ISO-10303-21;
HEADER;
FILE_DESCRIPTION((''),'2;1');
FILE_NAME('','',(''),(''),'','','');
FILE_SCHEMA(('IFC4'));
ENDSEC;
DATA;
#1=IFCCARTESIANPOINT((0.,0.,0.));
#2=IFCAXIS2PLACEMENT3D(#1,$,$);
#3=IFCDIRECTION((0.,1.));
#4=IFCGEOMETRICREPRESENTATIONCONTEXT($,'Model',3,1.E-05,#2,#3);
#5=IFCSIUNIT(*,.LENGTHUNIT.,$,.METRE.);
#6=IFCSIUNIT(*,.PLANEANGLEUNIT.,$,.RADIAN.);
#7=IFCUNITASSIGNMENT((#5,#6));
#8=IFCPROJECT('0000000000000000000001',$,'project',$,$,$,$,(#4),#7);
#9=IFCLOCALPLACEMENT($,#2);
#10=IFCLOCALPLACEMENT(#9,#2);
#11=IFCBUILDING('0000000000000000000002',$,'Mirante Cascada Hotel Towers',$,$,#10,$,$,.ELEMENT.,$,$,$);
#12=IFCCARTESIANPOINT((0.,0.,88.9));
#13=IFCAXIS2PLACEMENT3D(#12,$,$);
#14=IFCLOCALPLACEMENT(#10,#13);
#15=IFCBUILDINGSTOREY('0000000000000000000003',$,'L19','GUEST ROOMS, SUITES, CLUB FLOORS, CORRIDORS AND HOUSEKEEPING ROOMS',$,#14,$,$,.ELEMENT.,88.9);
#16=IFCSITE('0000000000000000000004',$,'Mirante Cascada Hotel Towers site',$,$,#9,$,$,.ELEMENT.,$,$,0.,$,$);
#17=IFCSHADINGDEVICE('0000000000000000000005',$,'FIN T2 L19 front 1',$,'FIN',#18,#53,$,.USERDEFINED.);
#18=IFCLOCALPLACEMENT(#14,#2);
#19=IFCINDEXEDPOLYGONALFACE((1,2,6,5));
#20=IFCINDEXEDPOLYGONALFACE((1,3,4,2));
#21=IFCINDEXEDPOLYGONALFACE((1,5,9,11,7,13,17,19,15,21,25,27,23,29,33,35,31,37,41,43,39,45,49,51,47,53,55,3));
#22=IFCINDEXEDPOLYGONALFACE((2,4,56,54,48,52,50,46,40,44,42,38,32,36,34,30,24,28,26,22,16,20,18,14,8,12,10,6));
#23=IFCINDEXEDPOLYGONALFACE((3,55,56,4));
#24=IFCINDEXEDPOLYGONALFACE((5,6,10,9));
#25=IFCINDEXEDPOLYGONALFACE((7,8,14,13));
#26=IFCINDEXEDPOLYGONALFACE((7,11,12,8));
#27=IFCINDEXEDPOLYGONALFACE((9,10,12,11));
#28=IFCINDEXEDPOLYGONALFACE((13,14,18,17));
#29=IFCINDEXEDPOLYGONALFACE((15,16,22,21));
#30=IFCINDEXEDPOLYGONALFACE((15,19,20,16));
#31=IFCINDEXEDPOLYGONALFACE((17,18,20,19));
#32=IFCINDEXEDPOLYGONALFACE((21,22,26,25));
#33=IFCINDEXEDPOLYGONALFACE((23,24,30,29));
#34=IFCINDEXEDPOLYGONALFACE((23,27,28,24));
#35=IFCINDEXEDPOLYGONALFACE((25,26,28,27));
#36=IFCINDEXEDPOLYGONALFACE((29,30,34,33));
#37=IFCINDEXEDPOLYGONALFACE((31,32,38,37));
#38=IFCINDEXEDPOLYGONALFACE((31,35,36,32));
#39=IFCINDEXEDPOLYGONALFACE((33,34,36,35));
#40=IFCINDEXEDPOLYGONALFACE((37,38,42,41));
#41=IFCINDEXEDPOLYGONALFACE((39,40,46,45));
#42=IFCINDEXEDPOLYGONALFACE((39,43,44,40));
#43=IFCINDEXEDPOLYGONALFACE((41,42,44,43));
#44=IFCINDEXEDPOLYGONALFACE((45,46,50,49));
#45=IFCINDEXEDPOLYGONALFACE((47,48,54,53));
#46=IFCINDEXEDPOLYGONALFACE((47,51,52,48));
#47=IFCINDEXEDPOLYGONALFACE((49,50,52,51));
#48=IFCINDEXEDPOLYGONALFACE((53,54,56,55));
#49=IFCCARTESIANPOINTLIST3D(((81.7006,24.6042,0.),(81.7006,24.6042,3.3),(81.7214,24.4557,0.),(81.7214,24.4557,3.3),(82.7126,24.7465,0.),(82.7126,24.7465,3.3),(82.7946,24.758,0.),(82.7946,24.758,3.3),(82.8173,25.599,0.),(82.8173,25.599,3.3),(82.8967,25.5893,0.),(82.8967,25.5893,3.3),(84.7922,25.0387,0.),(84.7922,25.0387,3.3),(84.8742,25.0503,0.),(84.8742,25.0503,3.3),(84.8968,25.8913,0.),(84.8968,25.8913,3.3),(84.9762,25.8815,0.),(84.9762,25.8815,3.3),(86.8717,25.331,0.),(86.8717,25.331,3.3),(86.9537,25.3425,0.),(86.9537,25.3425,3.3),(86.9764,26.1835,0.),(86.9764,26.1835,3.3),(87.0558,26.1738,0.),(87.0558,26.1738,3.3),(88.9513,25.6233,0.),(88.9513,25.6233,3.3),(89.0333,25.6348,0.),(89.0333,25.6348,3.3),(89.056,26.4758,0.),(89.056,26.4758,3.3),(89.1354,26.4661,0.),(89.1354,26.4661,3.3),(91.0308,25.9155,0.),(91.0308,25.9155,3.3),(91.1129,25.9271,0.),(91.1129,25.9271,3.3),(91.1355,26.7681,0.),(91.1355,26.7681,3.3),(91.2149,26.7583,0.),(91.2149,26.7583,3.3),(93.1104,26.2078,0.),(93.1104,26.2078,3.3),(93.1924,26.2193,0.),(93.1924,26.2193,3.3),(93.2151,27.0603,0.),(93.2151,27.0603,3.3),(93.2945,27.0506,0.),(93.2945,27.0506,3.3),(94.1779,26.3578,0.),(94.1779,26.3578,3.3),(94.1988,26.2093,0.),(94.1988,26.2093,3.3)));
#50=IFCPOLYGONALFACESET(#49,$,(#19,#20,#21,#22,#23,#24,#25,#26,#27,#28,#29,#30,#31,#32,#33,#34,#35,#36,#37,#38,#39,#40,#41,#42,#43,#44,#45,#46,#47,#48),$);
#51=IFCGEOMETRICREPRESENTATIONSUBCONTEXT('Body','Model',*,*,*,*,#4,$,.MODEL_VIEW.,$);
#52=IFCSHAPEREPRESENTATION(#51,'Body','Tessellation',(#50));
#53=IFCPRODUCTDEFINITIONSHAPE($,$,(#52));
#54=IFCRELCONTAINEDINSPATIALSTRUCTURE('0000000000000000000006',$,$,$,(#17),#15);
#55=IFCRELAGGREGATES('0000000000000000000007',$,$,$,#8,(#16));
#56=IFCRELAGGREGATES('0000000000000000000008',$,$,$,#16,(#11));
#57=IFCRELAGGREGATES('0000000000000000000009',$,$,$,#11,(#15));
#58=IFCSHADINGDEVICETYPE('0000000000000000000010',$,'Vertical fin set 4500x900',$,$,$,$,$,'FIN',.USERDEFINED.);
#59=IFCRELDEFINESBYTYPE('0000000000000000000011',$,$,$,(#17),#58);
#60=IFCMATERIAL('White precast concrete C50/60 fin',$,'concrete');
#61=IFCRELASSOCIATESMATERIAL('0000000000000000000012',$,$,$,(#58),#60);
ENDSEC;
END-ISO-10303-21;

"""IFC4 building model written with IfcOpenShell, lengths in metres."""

from ifc_helpers import new_model, si_unit, direction, frame, origin, place, context, subcontext, project, spatial, polyline, outline, extrude, material, type_object, element, save


model = new_model("IFC4")

# Units and contexts
model_context = context("Model", 3, precision=1e-05, world=origin(), true_north=direction((0.0, 1.0)))
body_context = subcontext(model_context, "Body", "Model", "MODEL_VIEW")
ifc_project = project(units=[si_unit("LENGTHUNIT", "METRE"), si_unit("PLANEANGLEUNIT", "RADIAN")], contexts=[model_context])

# Site, building, storey
site_placement = place(None, origin())
site = spatial("IfcSite", under=ifc_project, at=site_placement, Name="Mirante Cascada Hotel Towers site", CompositionType="ELEMENT", RefElevation=0.0)
building_placement = place(site_placement, origin())
building = spatial("IfcBuilding", under=site, at=building_placement, Name="Mirante Cascada Hotel Towers", CompositionType="ELEMENT")
storey_placement = place(building_placement, frame((0.0, 0.0, 88.9)))
storey = spatial("IfcBuildingStorey", under=building, at=storey_placement, Name="L19", Description="GUEST ROOMS, SUITES, CLUB FLOORS, CORRIDORS AND HOUSEKEEPING ROOMS", CompositionType="ELEMENT", Elevation=88.9)

# Shading device
ifc_material_1 = material(Name="White precast concrete C50/60 fin", Category="concrete")
shading_device_type = type_object("IfcShadingDeviceType", Name="Vertical fin set 4500x900", ElementType="FIN", PredefinedType="USERDEFINED", material=ifc_material_1)
shading_device_1_placement = place(storey_placement, origin())
element("IfcShadingDevice", 1, at=shading_device_1_placement, inside=storey, type_object=shading_device_type, Name="FIN T2 L19 front 1", ObjectType="FIN", PredefinedType="USERDEFINED", context=body_context, shape_type="SweptSolid", body=[
    extrude(outline(polyline([(82.8967, 25.5893), (82.7946, 24.758), (84.7922, 25.0387), (84.8968, 25.8913), (84.9762, 25.8815), (84.8742, 25.0503), (86.8717, 25.331), (86.9764, 26.1835), (87.0558, 26.1738), (86.9537, 25.3425), (88.9513, 25.6233), (89.056, 26.4758), (89.1354, 26.4661), (89.0333, 25.6348), (91.0308, 25.9155), (91.1355, 26.7681), (91.2149, 26.7583), (91.1129, 25.9271), (93.1104, 26.2078), (93.2151, 27.0603), (93.2945, 27.0506), (93.1924, 26.2193), (94.1779, 26.3578), (94.1988, 26.2093), (81.7214, 24.4557), (81.7006, 24.6042), (82.7126, 24.7465), (82.8173, 25.599), (82.8967, 25.5893)])), origin(), (0.0, 0.0, 1.0), 3.3),
])

save(model, "model.ifc")
